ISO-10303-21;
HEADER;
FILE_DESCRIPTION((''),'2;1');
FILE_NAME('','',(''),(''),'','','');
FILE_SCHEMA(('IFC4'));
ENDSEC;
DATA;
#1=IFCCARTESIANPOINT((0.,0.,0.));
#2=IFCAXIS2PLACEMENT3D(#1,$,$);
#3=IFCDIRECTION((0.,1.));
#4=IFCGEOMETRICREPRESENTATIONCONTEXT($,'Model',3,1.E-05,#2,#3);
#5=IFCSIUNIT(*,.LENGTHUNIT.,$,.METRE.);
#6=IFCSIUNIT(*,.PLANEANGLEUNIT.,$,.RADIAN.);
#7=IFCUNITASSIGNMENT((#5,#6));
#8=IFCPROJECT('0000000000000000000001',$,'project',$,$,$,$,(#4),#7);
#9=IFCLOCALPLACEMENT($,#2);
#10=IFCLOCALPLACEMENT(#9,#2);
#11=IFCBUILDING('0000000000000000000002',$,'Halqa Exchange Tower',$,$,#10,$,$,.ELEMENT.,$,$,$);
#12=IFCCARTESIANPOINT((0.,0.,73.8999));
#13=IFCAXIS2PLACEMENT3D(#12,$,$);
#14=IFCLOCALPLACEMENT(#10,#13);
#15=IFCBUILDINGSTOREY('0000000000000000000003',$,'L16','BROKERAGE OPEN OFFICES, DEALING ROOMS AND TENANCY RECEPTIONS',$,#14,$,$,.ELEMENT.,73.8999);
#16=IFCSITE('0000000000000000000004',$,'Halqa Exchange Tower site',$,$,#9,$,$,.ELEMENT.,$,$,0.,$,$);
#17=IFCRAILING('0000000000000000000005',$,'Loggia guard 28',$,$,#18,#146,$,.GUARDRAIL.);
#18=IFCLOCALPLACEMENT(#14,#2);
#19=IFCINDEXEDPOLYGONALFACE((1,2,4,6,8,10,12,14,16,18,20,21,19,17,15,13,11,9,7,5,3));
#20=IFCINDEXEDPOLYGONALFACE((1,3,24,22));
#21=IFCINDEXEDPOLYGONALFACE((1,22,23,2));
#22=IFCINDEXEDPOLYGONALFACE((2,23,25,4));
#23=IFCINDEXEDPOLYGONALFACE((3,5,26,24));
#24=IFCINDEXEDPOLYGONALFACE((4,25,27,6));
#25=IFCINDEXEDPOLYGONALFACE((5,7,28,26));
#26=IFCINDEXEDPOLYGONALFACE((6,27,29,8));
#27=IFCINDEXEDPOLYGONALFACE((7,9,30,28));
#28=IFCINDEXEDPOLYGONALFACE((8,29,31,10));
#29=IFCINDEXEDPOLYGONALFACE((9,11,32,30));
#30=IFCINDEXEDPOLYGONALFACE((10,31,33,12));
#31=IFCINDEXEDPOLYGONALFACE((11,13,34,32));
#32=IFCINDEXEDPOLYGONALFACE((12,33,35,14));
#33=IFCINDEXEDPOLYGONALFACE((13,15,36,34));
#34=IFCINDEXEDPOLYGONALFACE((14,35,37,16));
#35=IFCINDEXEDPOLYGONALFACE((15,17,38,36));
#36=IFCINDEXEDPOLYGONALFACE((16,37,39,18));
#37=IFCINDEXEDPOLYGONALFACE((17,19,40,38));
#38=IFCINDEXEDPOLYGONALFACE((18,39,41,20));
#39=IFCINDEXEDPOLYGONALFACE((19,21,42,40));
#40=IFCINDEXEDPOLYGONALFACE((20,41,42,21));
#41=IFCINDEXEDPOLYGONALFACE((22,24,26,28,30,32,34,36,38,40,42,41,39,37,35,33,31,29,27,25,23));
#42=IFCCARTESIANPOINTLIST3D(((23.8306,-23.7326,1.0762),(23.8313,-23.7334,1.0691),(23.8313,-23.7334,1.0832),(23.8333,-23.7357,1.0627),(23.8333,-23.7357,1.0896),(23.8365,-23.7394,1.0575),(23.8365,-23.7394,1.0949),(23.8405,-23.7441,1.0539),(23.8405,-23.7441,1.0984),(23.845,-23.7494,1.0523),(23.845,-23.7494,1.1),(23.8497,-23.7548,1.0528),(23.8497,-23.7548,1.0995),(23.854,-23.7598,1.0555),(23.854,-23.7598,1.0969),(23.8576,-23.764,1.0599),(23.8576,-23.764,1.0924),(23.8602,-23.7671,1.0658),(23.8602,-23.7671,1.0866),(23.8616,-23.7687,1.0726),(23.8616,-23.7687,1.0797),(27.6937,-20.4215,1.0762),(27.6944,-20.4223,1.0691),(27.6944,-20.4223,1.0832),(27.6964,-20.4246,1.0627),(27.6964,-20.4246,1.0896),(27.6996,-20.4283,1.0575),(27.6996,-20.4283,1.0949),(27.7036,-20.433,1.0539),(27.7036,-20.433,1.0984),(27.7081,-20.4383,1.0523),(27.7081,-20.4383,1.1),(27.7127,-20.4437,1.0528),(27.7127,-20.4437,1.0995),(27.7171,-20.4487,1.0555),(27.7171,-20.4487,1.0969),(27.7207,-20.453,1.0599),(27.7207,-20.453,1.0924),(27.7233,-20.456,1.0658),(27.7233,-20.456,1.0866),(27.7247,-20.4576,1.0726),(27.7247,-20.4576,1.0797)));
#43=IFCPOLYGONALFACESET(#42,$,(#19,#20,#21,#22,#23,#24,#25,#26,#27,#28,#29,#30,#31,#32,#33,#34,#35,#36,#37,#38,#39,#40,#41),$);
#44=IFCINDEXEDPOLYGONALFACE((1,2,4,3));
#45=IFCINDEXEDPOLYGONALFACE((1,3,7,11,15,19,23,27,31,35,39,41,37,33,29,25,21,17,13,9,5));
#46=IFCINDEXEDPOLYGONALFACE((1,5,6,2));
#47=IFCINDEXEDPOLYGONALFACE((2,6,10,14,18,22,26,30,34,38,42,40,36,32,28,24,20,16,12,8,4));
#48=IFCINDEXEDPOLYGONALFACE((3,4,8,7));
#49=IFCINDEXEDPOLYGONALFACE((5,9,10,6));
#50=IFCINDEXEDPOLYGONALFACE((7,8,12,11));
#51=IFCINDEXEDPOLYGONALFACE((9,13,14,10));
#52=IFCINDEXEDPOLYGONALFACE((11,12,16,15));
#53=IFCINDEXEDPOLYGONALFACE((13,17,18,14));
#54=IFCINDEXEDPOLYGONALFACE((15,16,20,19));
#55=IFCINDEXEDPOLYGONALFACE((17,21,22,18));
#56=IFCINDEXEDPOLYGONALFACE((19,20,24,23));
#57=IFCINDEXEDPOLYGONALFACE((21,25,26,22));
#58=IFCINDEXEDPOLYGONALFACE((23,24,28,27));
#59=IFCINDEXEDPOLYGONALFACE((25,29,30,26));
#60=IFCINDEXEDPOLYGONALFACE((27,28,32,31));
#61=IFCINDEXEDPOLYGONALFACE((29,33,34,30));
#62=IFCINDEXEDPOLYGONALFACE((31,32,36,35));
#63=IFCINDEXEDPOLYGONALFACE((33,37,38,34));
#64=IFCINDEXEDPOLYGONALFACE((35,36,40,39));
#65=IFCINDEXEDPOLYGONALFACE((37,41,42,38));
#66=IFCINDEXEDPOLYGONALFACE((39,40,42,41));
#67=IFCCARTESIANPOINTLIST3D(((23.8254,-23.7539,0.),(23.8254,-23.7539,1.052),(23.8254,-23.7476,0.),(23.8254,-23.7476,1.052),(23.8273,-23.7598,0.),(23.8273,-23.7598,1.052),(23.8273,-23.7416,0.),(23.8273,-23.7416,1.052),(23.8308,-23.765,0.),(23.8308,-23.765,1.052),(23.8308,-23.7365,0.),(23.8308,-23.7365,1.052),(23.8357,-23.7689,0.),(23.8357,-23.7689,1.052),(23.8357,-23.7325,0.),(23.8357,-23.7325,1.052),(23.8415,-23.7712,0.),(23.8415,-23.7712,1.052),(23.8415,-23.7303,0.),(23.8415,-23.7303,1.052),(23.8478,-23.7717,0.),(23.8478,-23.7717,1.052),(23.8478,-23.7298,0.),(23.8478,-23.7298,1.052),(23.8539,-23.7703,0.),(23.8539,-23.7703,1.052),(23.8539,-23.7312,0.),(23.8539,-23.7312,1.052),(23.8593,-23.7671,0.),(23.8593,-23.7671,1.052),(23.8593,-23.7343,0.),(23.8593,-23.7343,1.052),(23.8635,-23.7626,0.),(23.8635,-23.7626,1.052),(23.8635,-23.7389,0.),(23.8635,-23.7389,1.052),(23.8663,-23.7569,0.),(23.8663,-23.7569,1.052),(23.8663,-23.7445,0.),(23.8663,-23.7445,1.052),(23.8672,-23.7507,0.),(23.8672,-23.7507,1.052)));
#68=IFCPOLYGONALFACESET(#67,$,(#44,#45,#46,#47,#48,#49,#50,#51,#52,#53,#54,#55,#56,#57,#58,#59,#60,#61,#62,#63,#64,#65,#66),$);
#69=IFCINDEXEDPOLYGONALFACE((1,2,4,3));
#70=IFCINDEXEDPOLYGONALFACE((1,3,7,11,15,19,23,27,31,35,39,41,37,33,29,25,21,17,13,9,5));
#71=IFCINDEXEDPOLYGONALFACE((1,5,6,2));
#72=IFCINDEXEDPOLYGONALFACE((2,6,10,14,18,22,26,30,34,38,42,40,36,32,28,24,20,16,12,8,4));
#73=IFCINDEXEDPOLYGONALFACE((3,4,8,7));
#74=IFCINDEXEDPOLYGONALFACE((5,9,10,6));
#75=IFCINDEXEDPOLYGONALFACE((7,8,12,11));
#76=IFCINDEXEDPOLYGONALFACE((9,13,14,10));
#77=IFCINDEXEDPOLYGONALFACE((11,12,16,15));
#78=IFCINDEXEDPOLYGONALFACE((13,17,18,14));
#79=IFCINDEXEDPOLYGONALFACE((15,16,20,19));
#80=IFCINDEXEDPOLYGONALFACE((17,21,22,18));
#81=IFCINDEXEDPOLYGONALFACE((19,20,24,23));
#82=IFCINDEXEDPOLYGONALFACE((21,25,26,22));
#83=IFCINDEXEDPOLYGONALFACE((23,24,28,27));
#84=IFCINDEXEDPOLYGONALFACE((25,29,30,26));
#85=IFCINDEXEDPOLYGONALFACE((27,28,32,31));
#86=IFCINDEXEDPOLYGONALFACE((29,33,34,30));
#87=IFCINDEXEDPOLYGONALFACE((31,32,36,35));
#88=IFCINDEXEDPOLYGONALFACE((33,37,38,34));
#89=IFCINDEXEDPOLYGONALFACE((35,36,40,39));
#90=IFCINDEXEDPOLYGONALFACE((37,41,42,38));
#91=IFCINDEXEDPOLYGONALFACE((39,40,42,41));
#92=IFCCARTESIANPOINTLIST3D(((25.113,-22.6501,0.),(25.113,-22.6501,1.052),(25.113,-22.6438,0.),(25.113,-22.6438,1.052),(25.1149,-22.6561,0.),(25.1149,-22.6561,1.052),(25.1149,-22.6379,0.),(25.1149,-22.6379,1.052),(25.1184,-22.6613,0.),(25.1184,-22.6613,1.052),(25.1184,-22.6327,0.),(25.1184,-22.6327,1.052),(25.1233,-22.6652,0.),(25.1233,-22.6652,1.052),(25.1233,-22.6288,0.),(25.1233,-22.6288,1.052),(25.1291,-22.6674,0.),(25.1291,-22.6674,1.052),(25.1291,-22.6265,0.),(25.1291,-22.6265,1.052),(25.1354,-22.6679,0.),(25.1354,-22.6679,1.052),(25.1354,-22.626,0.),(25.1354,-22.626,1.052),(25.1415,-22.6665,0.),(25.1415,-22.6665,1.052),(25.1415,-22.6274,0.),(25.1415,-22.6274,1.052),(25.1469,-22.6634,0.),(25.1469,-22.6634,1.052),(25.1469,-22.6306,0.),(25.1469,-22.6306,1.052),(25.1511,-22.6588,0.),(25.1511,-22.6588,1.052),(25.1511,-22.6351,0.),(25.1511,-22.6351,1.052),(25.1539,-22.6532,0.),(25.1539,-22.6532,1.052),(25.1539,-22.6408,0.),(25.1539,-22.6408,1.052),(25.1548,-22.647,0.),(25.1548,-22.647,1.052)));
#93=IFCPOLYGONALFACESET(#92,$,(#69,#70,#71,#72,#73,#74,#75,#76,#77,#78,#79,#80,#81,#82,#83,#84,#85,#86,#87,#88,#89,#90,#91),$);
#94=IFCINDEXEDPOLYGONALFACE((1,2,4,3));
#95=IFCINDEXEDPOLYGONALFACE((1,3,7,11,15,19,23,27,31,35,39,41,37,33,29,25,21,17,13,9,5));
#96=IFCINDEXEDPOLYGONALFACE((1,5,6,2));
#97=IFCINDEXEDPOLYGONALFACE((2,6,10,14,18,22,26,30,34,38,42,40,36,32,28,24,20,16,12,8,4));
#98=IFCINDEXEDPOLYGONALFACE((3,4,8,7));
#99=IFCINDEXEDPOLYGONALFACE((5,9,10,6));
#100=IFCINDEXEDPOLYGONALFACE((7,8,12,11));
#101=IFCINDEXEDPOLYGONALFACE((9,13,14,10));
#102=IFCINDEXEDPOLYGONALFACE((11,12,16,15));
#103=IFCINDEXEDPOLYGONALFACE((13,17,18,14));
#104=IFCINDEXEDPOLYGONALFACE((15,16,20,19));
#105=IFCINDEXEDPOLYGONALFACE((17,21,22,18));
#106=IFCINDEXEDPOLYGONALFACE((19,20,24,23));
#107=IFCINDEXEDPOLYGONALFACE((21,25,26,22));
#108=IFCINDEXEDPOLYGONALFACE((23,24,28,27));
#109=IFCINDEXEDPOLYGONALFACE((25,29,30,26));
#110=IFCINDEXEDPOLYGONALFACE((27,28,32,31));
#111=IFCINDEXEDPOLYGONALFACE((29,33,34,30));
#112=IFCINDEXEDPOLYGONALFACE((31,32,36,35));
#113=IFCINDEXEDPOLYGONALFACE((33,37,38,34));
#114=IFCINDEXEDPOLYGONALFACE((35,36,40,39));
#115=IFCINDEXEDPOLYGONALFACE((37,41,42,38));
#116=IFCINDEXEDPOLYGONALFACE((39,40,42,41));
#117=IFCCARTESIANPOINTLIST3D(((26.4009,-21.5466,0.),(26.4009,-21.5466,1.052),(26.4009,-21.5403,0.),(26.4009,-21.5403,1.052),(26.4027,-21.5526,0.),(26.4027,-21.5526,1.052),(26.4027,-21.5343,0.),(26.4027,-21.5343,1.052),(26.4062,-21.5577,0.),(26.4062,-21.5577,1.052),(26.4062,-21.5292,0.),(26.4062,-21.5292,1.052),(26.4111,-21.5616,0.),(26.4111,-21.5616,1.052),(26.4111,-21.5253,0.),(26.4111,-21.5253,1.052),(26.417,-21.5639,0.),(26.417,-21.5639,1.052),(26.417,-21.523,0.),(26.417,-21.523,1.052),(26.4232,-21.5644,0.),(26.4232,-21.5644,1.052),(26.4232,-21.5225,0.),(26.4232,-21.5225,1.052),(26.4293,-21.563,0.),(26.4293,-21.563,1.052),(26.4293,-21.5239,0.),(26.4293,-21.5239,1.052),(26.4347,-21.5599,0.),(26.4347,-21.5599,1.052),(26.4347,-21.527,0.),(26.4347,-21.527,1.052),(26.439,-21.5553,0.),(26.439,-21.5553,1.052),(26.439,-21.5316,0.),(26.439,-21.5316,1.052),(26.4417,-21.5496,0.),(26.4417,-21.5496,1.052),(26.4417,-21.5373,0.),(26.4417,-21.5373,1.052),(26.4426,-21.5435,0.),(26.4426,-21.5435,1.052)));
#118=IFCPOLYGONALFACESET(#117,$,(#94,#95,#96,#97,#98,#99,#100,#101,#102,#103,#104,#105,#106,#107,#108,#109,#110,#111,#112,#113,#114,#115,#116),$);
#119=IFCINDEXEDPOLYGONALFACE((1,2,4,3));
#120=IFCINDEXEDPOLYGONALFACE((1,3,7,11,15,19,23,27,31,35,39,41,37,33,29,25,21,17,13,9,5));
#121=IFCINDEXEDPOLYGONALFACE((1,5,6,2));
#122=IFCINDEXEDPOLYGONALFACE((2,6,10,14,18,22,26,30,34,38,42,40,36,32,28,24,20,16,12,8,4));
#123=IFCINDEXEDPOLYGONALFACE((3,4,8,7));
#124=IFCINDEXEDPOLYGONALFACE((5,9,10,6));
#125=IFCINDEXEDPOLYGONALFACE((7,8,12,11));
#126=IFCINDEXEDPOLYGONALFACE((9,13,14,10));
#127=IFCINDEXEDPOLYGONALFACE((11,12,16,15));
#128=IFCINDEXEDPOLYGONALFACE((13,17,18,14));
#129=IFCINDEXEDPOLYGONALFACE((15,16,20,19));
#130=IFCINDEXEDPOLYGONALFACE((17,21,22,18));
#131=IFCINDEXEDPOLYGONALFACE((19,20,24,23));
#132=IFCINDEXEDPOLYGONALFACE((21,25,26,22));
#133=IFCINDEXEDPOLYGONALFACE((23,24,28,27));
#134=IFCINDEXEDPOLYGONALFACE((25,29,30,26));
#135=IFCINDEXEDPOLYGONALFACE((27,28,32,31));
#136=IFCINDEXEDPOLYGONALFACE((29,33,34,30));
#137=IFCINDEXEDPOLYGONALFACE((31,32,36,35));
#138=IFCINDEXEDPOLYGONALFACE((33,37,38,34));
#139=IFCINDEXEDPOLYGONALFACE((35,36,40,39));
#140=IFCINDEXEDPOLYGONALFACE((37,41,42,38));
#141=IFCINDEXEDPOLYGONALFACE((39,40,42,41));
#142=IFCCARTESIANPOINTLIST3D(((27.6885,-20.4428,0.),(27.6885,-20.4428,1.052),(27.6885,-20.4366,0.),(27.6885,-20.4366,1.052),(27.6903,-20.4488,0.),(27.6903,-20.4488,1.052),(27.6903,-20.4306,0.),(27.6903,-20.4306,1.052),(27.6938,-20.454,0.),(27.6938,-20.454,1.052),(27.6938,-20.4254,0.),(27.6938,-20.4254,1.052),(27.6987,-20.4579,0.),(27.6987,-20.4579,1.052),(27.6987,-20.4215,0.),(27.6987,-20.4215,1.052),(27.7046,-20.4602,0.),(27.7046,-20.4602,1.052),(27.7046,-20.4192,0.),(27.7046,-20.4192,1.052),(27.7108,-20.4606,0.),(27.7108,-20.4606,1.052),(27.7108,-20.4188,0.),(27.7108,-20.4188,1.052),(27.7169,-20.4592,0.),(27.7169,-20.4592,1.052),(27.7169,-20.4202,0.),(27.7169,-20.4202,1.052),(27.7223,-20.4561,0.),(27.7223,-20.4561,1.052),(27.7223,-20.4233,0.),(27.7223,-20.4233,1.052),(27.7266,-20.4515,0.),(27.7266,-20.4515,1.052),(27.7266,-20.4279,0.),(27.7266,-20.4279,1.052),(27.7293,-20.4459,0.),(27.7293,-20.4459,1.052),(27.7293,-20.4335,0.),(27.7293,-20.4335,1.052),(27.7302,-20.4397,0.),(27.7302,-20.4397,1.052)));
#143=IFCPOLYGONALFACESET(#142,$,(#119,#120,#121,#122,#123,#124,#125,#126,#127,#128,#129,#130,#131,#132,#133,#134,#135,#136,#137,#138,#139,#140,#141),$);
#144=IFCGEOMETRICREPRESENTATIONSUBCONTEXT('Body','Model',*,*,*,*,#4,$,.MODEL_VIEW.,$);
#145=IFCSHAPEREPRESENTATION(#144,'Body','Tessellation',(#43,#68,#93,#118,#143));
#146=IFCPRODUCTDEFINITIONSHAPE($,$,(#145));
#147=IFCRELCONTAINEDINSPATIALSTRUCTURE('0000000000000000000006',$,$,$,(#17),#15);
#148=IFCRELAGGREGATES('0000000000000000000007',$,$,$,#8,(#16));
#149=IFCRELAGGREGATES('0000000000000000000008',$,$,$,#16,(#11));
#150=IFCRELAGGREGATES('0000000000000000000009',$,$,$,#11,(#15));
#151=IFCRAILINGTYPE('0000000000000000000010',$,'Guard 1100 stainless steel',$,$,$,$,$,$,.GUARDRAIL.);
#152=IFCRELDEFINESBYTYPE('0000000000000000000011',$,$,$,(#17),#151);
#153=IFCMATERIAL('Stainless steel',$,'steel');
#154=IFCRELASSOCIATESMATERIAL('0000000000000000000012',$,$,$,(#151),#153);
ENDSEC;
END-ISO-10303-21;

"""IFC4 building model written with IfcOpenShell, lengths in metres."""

from ifc_helpers import new_model, si_unit, direction, frame, origin, origin_2d, place, context, subcontext, project, spatial, circle, extrude, material, type_object, element, save


model = new_model("IFC4")

# Units and contexts
model_context = context("Model", 3, precision=1e-05, world=origin(), true_north=direction((0.0, 1.0)))
body_context = subcontext(model_context, "Body", "Model", "MODEL_VIEW")
ifc_project = project(units=[si_unit("LENGTHUNIT", "METRE"), si_unit("PLANEANGLEUNIT", "RADIAN")], contexts=[model_context])

# Site, building, storey
site_placement = place(None, origin())
site = spatial("IfcSite", under=ifc_project, at=site_placement, Name="Halqa Exchange Tower site", CompositionType="ELEMENT", RefElevation=0.0)
building_placement = place(site_placement, origin())
building = spatial("IfcBuilding", under=site, at=building_placement, Name="Halqa Exchange Tower", CompositionType="ELEMENT")
storey_placement = place(building_placement, frame((0.0, 0.0, 73.8999)))
storey = spatial("IfcBuildingStorey", under=building, at=storey_placement, Name="L16", Description="BROKERAGE OPEN OFFICES, DEALING ROOMS AND TENANCY RECEPTIONS", CompositionType="ELEMENT", Elevation=73.8999)

# Railing
ifc_material_1 = material(Name="Stainless steel", Category="steel")
railing_type = type_object("IfcRailingType", Name="Guard 1100 stainless steel", PredefinedType="GUARDRAIL", material=ifc_material_1)
railing_1_placement = place(storey_placement, frame((23.8462, -23.7507, 0.0)))
element("IfcRailing", 1, at=railing_1_placement, inside=storey, type_object=railing_type, Name="Loggia guard 28", PredefinedType="GUARDRAIL", context=body_context, shape_type="SweptSolid", body=[
    extrude(circle(Radius=0.0239, at=origin_2d()), frame((0.0, 0.0, 1.0762), z_axis=(0.75927, 0.650776, 0.0), x_axis=(-0.650776, 0.75927, 0.0)), (0.0, 0.0, 1.0), 5.0879),
    extrude(circle(Radius=0.021, at=origin_2d()), origin(), (0.0, 0.0, 1.0), 1.052),
    extrude(circle(Radius=0.021, at=origin_2d()), frame((1.2876, 1.1038, 0.0)), (0.0, 0.0, 1.0), 1.052),
    extrude(circle(Radius=0.021, at=origin_2d()), frame((2.5754, 2.2073, 0.0)), (0.0, 0.0, 1.0), 1.052),
    extrude(circle(Radius=0.021, at=origin_2d()), frame((3.863, 3.311, 0.0)), (0.0, 0.0, 1.0), 1.052),
])

save(model, "model.ifc")
